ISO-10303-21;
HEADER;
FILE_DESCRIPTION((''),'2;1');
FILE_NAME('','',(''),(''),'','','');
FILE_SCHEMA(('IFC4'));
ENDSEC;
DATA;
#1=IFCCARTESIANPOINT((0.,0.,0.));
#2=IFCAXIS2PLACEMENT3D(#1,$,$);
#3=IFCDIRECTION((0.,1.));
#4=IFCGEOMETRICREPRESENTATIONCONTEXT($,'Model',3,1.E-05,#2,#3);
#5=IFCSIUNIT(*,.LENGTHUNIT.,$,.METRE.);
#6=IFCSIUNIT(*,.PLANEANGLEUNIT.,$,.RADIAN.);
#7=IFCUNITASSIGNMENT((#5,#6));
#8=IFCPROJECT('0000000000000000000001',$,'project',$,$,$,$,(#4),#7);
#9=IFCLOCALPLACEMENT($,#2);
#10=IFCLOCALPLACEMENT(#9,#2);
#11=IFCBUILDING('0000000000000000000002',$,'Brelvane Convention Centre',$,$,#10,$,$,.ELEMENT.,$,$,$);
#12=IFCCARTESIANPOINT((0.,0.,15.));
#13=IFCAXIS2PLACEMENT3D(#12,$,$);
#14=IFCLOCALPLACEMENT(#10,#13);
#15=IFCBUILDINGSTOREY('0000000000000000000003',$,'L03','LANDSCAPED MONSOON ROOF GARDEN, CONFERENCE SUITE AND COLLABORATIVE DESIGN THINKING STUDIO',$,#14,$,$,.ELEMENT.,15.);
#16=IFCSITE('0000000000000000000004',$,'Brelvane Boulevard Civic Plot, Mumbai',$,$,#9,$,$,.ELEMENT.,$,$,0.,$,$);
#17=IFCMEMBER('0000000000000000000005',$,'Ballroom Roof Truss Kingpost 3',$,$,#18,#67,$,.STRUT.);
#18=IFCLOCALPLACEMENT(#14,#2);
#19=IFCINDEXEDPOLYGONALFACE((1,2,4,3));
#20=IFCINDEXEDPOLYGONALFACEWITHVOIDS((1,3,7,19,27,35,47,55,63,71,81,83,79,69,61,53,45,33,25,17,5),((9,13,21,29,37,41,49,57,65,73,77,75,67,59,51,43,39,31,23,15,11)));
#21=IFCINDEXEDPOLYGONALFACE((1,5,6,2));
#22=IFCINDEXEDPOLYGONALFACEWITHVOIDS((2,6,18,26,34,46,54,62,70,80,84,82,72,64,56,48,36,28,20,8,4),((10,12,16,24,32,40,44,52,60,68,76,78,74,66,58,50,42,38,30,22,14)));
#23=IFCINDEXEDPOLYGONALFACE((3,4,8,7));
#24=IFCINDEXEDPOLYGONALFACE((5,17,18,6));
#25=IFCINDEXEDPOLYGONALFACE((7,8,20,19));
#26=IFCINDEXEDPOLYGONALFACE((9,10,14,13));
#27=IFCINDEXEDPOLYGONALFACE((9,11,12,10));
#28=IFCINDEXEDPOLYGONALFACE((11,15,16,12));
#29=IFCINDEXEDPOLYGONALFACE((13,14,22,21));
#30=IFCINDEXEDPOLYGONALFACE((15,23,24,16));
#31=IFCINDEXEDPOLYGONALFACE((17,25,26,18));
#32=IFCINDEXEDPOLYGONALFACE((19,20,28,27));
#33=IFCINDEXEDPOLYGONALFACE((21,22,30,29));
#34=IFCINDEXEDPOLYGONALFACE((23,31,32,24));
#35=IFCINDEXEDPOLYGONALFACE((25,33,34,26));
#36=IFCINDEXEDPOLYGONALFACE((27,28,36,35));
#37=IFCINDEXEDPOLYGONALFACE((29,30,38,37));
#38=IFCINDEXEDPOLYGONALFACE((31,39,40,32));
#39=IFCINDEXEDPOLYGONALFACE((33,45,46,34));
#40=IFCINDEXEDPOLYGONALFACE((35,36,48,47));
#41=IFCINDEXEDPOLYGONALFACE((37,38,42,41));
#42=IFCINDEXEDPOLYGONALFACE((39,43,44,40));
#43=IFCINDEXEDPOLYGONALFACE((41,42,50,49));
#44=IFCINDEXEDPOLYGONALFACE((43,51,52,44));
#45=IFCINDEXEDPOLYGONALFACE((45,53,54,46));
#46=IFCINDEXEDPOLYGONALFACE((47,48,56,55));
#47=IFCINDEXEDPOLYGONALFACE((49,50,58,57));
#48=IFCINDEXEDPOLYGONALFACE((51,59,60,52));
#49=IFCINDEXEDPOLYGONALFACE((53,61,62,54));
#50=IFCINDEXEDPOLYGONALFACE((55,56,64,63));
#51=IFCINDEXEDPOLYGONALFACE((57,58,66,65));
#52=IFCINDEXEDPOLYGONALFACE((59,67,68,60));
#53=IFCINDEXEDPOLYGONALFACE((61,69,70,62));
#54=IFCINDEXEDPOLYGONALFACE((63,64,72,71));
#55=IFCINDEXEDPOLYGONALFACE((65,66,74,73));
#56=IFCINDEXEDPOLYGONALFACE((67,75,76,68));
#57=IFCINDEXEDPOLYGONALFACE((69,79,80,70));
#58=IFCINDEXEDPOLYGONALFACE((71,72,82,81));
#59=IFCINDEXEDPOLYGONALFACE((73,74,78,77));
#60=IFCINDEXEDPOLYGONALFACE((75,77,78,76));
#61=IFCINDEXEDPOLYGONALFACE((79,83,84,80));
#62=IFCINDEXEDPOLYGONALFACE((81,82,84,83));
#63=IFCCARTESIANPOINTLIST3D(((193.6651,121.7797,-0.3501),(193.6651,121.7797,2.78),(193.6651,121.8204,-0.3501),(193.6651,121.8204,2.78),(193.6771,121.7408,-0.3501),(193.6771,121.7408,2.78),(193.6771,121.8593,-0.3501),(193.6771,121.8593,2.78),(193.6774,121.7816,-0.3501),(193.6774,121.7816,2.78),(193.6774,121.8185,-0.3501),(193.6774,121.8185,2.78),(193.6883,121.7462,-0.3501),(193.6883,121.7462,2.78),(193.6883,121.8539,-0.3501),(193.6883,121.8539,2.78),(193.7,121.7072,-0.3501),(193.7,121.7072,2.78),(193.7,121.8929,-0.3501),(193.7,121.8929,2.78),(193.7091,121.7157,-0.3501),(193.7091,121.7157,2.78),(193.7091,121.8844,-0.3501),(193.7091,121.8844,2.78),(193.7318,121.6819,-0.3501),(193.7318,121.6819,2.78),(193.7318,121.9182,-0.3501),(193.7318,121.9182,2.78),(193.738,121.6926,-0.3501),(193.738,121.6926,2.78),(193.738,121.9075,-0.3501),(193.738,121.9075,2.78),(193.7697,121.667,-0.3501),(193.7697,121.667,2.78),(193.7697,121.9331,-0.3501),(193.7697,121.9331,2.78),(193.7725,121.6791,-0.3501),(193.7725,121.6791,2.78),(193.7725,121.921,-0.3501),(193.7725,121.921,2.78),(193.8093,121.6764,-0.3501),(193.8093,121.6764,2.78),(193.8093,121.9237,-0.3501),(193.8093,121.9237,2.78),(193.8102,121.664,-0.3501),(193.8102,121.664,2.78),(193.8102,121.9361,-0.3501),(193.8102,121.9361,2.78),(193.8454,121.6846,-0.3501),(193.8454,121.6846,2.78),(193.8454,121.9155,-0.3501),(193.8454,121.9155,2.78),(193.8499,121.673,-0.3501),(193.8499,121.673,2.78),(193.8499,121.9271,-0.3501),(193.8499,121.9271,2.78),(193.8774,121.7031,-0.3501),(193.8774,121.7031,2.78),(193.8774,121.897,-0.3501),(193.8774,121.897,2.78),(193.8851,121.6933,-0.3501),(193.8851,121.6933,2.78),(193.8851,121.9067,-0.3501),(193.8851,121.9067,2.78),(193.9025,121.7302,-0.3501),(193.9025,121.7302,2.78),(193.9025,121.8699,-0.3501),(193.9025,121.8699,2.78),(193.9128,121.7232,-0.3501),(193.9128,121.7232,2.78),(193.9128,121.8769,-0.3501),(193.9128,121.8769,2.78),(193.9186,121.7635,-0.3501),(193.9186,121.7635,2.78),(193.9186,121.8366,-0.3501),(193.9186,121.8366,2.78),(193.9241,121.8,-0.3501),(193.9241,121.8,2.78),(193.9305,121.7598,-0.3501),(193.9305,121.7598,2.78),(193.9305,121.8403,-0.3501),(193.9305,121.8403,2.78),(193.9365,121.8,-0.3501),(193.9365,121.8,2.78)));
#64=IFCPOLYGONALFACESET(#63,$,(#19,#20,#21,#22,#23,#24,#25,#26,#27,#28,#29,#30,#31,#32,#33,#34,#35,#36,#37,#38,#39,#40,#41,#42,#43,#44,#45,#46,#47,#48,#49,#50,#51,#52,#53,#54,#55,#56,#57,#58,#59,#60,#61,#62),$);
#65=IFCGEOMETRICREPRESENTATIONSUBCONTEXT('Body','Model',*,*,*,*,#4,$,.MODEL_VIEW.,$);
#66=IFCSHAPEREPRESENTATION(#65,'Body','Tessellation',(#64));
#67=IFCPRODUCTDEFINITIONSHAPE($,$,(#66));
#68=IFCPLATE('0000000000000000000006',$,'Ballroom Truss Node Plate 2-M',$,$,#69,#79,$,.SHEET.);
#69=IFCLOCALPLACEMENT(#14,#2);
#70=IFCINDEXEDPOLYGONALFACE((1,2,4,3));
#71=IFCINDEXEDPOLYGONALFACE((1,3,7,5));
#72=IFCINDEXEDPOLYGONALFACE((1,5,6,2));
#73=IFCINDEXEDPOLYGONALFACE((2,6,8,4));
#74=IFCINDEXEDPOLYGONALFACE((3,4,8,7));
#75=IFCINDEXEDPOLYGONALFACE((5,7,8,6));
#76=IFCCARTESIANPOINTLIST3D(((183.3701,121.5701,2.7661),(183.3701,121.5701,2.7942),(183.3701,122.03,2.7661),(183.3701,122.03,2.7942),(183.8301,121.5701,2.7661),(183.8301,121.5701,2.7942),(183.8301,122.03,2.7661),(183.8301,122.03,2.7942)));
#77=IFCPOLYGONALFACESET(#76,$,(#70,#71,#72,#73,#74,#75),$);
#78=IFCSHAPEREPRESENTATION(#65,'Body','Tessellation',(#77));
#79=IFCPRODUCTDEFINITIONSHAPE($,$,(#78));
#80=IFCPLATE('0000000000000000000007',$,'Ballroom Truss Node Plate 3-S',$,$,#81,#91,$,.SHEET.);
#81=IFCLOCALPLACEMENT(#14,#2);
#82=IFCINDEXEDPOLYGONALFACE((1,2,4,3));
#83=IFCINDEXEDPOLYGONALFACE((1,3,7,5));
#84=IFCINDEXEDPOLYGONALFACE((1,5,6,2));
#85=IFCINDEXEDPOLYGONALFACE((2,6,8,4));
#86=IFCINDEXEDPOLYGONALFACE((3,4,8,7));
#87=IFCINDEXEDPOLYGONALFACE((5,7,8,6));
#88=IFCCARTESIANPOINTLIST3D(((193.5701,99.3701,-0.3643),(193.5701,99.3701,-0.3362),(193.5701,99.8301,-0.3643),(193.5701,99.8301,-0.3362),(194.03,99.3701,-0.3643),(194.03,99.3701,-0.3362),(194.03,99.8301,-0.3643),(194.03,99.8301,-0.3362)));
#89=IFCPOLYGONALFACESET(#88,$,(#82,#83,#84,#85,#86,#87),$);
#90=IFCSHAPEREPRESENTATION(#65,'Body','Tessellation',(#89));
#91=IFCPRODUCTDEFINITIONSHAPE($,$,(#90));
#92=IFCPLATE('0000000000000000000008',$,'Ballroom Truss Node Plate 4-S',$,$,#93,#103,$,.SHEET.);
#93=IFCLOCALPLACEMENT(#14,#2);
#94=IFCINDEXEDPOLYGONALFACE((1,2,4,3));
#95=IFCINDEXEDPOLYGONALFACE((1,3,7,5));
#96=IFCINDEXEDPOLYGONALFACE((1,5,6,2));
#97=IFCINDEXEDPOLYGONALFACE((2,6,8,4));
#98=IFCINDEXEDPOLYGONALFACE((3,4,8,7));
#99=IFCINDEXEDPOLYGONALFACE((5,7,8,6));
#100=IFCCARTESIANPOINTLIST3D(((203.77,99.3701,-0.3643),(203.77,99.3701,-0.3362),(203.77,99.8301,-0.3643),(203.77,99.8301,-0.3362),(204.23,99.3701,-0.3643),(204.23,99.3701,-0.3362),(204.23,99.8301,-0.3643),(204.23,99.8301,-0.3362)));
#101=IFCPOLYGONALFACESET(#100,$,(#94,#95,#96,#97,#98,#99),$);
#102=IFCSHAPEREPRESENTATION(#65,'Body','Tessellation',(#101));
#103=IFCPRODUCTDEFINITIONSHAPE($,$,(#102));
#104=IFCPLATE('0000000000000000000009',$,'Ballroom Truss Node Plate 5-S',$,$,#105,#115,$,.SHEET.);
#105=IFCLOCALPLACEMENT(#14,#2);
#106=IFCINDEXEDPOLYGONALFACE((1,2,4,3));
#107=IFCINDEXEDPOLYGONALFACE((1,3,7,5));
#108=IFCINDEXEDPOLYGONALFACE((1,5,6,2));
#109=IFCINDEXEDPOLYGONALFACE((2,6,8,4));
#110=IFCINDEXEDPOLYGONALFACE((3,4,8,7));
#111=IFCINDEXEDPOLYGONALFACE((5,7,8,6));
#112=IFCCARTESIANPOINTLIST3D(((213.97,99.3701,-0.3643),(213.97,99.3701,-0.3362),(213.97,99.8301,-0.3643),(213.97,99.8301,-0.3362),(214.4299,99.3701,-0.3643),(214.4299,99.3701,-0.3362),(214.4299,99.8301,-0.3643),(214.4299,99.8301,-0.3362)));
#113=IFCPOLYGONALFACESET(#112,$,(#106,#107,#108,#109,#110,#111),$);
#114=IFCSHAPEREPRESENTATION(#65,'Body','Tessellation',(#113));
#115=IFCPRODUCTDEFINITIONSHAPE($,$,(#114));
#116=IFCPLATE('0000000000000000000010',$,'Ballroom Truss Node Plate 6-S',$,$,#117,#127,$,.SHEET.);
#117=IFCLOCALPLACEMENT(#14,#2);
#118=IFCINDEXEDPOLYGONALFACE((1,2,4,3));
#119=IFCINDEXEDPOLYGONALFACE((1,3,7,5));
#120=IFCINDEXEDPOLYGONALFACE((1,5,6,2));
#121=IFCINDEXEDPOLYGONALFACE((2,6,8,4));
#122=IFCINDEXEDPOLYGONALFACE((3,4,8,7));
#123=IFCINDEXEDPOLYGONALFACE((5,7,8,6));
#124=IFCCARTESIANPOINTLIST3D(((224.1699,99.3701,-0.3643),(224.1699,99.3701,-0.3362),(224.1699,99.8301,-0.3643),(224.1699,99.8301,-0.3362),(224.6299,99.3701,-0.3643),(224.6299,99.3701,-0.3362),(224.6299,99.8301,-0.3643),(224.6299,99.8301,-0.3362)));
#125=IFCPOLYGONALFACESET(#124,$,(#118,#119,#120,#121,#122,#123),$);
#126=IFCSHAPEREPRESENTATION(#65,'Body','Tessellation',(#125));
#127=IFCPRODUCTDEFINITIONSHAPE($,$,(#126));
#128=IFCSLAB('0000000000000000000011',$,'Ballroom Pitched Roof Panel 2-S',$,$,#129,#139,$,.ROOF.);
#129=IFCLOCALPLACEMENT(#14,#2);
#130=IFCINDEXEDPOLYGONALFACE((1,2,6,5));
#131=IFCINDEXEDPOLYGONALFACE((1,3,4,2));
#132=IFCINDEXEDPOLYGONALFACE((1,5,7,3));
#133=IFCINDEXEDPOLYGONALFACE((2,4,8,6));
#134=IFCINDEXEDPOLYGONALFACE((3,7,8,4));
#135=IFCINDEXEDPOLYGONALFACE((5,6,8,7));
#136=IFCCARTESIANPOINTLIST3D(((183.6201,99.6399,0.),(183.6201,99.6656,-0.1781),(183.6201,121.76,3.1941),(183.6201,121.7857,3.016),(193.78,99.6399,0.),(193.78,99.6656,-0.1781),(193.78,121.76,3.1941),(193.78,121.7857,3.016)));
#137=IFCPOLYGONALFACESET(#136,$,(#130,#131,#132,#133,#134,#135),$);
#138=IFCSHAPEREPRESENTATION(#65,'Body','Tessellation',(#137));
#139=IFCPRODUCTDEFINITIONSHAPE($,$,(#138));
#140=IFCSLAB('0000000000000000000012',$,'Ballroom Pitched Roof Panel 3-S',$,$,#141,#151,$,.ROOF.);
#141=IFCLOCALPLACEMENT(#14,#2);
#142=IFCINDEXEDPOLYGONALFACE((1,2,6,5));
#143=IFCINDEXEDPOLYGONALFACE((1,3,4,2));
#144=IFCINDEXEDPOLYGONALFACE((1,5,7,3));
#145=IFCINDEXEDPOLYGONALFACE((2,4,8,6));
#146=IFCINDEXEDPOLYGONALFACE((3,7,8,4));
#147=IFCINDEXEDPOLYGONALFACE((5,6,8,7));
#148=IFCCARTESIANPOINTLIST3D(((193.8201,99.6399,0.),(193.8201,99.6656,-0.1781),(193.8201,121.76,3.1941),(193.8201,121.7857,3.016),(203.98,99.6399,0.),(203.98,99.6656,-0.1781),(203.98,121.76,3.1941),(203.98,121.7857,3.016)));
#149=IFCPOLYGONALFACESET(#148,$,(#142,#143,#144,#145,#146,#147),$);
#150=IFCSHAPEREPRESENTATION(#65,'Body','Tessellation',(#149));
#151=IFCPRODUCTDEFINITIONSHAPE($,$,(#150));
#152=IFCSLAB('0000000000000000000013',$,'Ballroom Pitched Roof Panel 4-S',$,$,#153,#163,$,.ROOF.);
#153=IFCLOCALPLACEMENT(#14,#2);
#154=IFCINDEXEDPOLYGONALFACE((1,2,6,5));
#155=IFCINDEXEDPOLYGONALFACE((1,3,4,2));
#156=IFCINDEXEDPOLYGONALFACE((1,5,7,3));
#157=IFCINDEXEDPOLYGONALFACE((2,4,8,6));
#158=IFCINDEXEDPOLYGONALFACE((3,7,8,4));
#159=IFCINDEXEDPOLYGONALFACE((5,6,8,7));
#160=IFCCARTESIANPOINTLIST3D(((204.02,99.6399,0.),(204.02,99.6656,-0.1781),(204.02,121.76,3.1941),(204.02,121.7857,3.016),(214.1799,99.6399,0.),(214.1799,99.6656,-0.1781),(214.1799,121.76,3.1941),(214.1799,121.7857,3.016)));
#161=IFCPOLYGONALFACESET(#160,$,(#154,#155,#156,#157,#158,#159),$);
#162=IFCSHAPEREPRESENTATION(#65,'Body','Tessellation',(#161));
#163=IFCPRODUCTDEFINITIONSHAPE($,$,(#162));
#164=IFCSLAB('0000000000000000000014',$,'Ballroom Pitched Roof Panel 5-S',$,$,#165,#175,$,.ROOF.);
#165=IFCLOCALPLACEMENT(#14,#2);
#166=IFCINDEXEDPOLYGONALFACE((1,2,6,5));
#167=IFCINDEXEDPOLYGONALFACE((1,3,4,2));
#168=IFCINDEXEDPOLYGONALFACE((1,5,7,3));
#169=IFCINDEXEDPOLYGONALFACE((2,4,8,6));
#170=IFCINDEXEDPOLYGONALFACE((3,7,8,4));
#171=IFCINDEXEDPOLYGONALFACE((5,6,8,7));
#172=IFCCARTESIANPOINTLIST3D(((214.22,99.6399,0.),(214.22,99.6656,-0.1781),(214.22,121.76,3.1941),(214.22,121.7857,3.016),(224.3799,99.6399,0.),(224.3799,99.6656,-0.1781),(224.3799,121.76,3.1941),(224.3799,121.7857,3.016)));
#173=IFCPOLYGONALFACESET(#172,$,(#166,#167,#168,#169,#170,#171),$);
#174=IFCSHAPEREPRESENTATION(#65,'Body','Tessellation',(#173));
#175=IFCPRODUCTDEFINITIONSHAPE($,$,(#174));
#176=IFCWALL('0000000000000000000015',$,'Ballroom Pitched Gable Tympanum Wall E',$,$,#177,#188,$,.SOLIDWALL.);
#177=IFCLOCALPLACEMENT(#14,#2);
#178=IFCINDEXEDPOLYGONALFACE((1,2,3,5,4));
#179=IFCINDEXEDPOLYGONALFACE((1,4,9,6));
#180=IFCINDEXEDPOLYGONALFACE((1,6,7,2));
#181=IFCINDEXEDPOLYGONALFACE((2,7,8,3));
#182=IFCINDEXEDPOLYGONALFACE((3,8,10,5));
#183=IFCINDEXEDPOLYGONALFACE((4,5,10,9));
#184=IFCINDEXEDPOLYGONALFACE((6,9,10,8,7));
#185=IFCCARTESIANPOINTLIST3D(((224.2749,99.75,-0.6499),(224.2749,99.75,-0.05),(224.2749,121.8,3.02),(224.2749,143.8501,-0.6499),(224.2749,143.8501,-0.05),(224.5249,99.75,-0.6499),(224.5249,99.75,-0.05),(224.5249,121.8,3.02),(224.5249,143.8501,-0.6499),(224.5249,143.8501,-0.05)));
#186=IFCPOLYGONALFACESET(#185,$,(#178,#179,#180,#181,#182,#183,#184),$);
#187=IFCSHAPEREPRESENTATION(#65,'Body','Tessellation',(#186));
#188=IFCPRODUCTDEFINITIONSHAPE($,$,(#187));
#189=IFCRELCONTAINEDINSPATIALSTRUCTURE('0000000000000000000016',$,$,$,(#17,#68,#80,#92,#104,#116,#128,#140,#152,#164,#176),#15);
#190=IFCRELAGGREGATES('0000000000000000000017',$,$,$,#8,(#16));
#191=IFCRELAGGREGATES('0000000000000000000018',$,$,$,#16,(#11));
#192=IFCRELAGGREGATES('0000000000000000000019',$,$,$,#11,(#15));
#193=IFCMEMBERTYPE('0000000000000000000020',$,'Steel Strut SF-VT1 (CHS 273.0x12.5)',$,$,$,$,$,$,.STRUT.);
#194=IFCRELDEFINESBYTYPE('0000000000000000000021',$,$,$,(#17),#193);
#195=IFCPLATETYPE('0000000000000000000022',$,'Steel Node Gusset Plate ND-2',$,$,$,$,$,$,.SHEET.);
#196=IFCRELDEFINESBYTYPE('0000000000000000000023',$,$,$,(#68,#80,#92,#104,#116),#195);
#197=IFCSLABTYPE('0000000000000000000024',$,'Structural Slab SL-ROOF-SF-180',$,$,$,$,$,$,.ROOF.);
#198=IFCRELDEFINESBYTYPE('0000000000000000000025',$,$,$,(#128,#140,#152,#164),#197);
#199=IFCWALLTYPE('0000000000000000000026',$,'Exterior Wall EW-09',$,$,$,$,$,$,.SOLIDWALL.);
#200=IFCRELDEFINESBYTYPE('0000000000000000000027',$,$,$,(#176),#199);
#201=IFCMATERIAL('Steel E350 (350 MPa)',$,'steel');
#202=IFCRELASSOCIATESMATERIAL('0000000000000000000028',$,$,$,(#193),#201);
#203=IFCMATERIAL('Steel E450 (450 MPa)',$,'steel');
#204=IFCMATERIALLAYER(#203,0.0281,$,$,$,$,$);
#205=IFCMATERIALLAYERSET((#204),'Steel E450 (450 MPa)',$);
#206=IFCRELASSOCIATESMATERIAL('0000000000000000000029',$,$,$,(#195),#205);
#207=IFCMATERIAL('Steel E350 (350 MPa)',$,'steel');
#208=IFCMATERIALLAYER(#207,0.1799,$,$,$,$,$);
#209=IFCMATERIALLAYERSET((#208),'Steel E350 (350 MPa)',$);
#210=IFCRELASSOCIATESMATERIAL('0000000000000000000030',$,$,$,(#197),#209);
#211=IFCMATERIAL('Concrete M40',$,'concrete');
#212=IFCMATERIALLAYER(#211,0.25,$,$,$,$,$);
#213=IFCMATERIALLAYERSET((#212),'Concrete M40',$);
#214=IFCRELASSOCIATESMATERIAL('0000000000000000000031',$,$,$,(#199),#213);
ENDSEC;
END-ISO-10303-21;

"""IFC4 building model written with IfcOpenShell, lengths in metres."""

from ifc_helpers import new_model, si_unit, direction, frame, origin, origin_2d, place, context, subcontext, project, spatial, polyline, rectangle, hollow_circle, outline, extrude, material, layer, layer_set, material_profile, profile_set, type_object, element, save


model = new_model("IFC4")

# Units and contexts
model_context = context("Model", 3, precision=1e-05, world=origin(), true_north=direction((0.0, 1.0)))
body_context = subcontext(model_context, "Body", "Model", "MODEL_VIEW")
ifc_project = project(units=[si_unit("LENGTHUNIT", "METRE"), si_unit("PLANEANGLEUNIT", "RADIAN")], contexts=[model_context])

# Site, building, storey
site_placement = place(None, origin())
site = spatial("IfcSite", under=ifc_project, at=site_placement, Name="Brelvane Boulevard Civic Plot, Mumbai", CompositionType="ELEMENT", RefElevation=0.0)
building_placement = place(site_placement, origin())
building = spatial("IfcBuilding", under=site, at=building_placement, Name="Brelvane Convention Centre", CompositionType="ELEMENT")
storey_placement = place(building_placement, frame((0.0, 0.0, 15.0)))
storey = spatial("IfcBuildingStorey", under=building, at=storey_placement, Name="L03", Description="LANDSCAPED MONSOON ROOF GARDEN, CONFERENCE SUITE AND COLLABORATIVE DESIGN THINKING STUDIO", CompositionType="ELEMENT", Elevation=15.0)

# Member
ifc_material_1 = material(Name="Steel E350 (350 MPa)", Category="steel")
ifc_material_profile_1 = material_profile(ifc_material_1, hollow_circle(Radius=0.1365, WallThickness=0.0125, at=origin_2d()), Name="CHS 273.0x12.5")
ifc_profile_set_1 = profile_set([ifc_material_profile_1], Name="Steel E350 (350 MPa)")
member_type_1 = type_object("IfcMemberType", Name="Steel Strut SF-VT1 (CHS 273.0x12.5)", PredefinedType="STRUT", material=ifc_profile_set_1)
for number, where, z_axis, x_axis, name in (
    (1, (193.8, 121.8, -0.3501), (0.0, 0.0, 1.0), (1.0, 0.0, 0.0), "Ballroom Roof Truss Kingpost 3"),
):
    element("IfcMember", number, at=place(storey_placement, frame(where, z_axis=z_axis, x_axis=x_axis)), inside=storey, type_object=member_type_1, Name=name, PredefinedType="STRUT", context=body_context, shape_type="SweptSolid", body=[
        extrude(hollow_circle(Radius=0.1365, WallThickness=0.0125, at=origin_2d()), origin(), (0.0, 0.0, 1.0), 3.1301),
    ])

# Plates
ifc_material_2 = material(Name="Steel E450 (450 MPa)", Category="steel")
ifc_layer_1 = layer(ifc_material_2, 0.0281)
ifc_layer_set_1 = layer_set([ifc_layer_1], Name="Steel E450 (450 MPa)")
plate_type = type_object("IfcPlateType", Name="Steel Node Gusset Plate ND-2", PredefinedType="SHEET", material=ifc_layer_set_1)
for number, where, z_axis, x_axis, name in (
    (2, (183.6001, 121.8, 2.7661), (0.0, 0.0, 1.0), (1.0, 0.0, 0.0), "Ballroom Truss Node Plate 2-M"),
    (3, (193.8, 99.6001, -0.3643), (0.0, 0.0, 1.0), (1.0, 0.0, 0.0), "Ballroom Truss Node Plate 3-S"),
    (4, (204.0, 99.6001, -0.3643), (0.0, 0.0, 1.0), (1.0, 0.0, 0.0), "Ballroom Truss Node Plate 4-S"),
    (5, (214.2, 99.6001, -0.3643), (0.0, 0.0, 1.0), (1.0, 0.0, 0.0), "Ballroom Truss Node Plate 5-S"),
    (6, (224.3999, 99.6001, -0.3643), (0.0, 0.0, 1.0), (1.0, 0.0, 0.0), "Ballroom Truss Node Plate 6-S"),
):
    element("IfcPlate", number, at=place(storey_placement, frame(where, z_axis=z_axis, x_axis=x_axis)), inside=storey, type_object=plate_type, Name=name, PredefinedType="SHEET", context=body_context, shape_type="SweptSolid", body=[
        extrude(rectangle(XDim=0.46, YDim=0.46, at=origin_2d()), origin(), (0.0, 0.0, 1.0), 0.0281),
    ])

# Slabs
ifc_material_3 = material(Name="Steel E350 (350 MPa)", Category="steel")
ifc_layer_2 = layer(ifc_material_3, 0.1799)
ifc_layer_set_2 = layer_set([ifc_layer_2], Name="Steel E350 (350 MPa)")
slab_type = type_object("IfcSlabType", Name="Structural Slab SL-ROOF-SF-180", PredefinedType="ROOF", material=ifc_layer_set_2)
for number, where, z_axis, x_axis, name in (
    (7, (183.6201, 99.6399, 0.0), (0.0, -0.142915, 0.989735), (1.0, 0.0, 0.0), "Ballroom Pitched Roof Panel 2-S"),
    (8, (193.8201, 99.6399, 0.0), (0.0, -0.142915, 0.989735), (1.0, 0.0, 0.0), "Ballroom Pitched Roof Panel 3-S"),
    (9, (204.02, 99.6399, 0.0), (0.0, -0.142915, 0.989735), (1.0, 0.0, 0.0), "Ballroom Pitched Roof Panel 4-S"),
    (10, (214.22, 99.6399, 0.0), (0.0, -0.142915, 0.989735), (1.0, 0.0, 0.0), "Ballroom Pitched Roof Panel 5-S"),
):
    element("IfcSlab", number, at=place(storey_placement, frame(where, z_axis=z_axis, x_axis=x_axis)), inside=storey, type_object=slab_type, Name=name, PredefinedType="ROOF", context=body_context, shape_type="SweptSolid", body=[
        extrude(outline(polyline([(0.0, 0.0), (10.1599, 0.0), (10.1599, 22.3495), (0.0, 22.3495), (0.0, 0.0)])), origin(), (0.0, 0.0, -1.0), 0.1799),
    ])

# Wall
ifc_material_4 = material(Name="Concrete M40", Category="concrete")
ifc_layer_3 = layer(ifc_material_4, 0.25)
ifc_layer_set_3 = layer_set([ifc_layer_3], Name="Concrete M40")
wall_type = type_object("IfcWallType", Name="Exterior Wall EW-09", PredefinedType="SOLIDWALL", material=ifc_layer_set_3)
wall_placement = place(storey_placement, frame((224.3999, 99.75, -0.6499), z_axis=(0.0, 0.0, 1.0), x_axis=(0.0, 1.0, 0.0)))
element("IfcWall", 11, at=wall_placement, inside=storey, type_object=wall_type, Name="Ballroom Pitched Gable Tympanum Wall E", PredefinedType="SOLIDWALL", context=body_context, shape_type="SweptSolid", body=[
    extrude(outline(polyline([(0.0, 0.0), (44.1001, 0.0), (44.1001, 0.5999), (22.05, 3.6699), (0.0, 0.5999), (0.0, 0.0)])), frame((0.0, 0.125, 0.0), z_axis=(0.0, -1.0, 0.0), x_axis=(1.0, 0.0, 0.0)), (0.0, 0.0, 1.0), 0.25),
])

save(model, "model.ifc")
